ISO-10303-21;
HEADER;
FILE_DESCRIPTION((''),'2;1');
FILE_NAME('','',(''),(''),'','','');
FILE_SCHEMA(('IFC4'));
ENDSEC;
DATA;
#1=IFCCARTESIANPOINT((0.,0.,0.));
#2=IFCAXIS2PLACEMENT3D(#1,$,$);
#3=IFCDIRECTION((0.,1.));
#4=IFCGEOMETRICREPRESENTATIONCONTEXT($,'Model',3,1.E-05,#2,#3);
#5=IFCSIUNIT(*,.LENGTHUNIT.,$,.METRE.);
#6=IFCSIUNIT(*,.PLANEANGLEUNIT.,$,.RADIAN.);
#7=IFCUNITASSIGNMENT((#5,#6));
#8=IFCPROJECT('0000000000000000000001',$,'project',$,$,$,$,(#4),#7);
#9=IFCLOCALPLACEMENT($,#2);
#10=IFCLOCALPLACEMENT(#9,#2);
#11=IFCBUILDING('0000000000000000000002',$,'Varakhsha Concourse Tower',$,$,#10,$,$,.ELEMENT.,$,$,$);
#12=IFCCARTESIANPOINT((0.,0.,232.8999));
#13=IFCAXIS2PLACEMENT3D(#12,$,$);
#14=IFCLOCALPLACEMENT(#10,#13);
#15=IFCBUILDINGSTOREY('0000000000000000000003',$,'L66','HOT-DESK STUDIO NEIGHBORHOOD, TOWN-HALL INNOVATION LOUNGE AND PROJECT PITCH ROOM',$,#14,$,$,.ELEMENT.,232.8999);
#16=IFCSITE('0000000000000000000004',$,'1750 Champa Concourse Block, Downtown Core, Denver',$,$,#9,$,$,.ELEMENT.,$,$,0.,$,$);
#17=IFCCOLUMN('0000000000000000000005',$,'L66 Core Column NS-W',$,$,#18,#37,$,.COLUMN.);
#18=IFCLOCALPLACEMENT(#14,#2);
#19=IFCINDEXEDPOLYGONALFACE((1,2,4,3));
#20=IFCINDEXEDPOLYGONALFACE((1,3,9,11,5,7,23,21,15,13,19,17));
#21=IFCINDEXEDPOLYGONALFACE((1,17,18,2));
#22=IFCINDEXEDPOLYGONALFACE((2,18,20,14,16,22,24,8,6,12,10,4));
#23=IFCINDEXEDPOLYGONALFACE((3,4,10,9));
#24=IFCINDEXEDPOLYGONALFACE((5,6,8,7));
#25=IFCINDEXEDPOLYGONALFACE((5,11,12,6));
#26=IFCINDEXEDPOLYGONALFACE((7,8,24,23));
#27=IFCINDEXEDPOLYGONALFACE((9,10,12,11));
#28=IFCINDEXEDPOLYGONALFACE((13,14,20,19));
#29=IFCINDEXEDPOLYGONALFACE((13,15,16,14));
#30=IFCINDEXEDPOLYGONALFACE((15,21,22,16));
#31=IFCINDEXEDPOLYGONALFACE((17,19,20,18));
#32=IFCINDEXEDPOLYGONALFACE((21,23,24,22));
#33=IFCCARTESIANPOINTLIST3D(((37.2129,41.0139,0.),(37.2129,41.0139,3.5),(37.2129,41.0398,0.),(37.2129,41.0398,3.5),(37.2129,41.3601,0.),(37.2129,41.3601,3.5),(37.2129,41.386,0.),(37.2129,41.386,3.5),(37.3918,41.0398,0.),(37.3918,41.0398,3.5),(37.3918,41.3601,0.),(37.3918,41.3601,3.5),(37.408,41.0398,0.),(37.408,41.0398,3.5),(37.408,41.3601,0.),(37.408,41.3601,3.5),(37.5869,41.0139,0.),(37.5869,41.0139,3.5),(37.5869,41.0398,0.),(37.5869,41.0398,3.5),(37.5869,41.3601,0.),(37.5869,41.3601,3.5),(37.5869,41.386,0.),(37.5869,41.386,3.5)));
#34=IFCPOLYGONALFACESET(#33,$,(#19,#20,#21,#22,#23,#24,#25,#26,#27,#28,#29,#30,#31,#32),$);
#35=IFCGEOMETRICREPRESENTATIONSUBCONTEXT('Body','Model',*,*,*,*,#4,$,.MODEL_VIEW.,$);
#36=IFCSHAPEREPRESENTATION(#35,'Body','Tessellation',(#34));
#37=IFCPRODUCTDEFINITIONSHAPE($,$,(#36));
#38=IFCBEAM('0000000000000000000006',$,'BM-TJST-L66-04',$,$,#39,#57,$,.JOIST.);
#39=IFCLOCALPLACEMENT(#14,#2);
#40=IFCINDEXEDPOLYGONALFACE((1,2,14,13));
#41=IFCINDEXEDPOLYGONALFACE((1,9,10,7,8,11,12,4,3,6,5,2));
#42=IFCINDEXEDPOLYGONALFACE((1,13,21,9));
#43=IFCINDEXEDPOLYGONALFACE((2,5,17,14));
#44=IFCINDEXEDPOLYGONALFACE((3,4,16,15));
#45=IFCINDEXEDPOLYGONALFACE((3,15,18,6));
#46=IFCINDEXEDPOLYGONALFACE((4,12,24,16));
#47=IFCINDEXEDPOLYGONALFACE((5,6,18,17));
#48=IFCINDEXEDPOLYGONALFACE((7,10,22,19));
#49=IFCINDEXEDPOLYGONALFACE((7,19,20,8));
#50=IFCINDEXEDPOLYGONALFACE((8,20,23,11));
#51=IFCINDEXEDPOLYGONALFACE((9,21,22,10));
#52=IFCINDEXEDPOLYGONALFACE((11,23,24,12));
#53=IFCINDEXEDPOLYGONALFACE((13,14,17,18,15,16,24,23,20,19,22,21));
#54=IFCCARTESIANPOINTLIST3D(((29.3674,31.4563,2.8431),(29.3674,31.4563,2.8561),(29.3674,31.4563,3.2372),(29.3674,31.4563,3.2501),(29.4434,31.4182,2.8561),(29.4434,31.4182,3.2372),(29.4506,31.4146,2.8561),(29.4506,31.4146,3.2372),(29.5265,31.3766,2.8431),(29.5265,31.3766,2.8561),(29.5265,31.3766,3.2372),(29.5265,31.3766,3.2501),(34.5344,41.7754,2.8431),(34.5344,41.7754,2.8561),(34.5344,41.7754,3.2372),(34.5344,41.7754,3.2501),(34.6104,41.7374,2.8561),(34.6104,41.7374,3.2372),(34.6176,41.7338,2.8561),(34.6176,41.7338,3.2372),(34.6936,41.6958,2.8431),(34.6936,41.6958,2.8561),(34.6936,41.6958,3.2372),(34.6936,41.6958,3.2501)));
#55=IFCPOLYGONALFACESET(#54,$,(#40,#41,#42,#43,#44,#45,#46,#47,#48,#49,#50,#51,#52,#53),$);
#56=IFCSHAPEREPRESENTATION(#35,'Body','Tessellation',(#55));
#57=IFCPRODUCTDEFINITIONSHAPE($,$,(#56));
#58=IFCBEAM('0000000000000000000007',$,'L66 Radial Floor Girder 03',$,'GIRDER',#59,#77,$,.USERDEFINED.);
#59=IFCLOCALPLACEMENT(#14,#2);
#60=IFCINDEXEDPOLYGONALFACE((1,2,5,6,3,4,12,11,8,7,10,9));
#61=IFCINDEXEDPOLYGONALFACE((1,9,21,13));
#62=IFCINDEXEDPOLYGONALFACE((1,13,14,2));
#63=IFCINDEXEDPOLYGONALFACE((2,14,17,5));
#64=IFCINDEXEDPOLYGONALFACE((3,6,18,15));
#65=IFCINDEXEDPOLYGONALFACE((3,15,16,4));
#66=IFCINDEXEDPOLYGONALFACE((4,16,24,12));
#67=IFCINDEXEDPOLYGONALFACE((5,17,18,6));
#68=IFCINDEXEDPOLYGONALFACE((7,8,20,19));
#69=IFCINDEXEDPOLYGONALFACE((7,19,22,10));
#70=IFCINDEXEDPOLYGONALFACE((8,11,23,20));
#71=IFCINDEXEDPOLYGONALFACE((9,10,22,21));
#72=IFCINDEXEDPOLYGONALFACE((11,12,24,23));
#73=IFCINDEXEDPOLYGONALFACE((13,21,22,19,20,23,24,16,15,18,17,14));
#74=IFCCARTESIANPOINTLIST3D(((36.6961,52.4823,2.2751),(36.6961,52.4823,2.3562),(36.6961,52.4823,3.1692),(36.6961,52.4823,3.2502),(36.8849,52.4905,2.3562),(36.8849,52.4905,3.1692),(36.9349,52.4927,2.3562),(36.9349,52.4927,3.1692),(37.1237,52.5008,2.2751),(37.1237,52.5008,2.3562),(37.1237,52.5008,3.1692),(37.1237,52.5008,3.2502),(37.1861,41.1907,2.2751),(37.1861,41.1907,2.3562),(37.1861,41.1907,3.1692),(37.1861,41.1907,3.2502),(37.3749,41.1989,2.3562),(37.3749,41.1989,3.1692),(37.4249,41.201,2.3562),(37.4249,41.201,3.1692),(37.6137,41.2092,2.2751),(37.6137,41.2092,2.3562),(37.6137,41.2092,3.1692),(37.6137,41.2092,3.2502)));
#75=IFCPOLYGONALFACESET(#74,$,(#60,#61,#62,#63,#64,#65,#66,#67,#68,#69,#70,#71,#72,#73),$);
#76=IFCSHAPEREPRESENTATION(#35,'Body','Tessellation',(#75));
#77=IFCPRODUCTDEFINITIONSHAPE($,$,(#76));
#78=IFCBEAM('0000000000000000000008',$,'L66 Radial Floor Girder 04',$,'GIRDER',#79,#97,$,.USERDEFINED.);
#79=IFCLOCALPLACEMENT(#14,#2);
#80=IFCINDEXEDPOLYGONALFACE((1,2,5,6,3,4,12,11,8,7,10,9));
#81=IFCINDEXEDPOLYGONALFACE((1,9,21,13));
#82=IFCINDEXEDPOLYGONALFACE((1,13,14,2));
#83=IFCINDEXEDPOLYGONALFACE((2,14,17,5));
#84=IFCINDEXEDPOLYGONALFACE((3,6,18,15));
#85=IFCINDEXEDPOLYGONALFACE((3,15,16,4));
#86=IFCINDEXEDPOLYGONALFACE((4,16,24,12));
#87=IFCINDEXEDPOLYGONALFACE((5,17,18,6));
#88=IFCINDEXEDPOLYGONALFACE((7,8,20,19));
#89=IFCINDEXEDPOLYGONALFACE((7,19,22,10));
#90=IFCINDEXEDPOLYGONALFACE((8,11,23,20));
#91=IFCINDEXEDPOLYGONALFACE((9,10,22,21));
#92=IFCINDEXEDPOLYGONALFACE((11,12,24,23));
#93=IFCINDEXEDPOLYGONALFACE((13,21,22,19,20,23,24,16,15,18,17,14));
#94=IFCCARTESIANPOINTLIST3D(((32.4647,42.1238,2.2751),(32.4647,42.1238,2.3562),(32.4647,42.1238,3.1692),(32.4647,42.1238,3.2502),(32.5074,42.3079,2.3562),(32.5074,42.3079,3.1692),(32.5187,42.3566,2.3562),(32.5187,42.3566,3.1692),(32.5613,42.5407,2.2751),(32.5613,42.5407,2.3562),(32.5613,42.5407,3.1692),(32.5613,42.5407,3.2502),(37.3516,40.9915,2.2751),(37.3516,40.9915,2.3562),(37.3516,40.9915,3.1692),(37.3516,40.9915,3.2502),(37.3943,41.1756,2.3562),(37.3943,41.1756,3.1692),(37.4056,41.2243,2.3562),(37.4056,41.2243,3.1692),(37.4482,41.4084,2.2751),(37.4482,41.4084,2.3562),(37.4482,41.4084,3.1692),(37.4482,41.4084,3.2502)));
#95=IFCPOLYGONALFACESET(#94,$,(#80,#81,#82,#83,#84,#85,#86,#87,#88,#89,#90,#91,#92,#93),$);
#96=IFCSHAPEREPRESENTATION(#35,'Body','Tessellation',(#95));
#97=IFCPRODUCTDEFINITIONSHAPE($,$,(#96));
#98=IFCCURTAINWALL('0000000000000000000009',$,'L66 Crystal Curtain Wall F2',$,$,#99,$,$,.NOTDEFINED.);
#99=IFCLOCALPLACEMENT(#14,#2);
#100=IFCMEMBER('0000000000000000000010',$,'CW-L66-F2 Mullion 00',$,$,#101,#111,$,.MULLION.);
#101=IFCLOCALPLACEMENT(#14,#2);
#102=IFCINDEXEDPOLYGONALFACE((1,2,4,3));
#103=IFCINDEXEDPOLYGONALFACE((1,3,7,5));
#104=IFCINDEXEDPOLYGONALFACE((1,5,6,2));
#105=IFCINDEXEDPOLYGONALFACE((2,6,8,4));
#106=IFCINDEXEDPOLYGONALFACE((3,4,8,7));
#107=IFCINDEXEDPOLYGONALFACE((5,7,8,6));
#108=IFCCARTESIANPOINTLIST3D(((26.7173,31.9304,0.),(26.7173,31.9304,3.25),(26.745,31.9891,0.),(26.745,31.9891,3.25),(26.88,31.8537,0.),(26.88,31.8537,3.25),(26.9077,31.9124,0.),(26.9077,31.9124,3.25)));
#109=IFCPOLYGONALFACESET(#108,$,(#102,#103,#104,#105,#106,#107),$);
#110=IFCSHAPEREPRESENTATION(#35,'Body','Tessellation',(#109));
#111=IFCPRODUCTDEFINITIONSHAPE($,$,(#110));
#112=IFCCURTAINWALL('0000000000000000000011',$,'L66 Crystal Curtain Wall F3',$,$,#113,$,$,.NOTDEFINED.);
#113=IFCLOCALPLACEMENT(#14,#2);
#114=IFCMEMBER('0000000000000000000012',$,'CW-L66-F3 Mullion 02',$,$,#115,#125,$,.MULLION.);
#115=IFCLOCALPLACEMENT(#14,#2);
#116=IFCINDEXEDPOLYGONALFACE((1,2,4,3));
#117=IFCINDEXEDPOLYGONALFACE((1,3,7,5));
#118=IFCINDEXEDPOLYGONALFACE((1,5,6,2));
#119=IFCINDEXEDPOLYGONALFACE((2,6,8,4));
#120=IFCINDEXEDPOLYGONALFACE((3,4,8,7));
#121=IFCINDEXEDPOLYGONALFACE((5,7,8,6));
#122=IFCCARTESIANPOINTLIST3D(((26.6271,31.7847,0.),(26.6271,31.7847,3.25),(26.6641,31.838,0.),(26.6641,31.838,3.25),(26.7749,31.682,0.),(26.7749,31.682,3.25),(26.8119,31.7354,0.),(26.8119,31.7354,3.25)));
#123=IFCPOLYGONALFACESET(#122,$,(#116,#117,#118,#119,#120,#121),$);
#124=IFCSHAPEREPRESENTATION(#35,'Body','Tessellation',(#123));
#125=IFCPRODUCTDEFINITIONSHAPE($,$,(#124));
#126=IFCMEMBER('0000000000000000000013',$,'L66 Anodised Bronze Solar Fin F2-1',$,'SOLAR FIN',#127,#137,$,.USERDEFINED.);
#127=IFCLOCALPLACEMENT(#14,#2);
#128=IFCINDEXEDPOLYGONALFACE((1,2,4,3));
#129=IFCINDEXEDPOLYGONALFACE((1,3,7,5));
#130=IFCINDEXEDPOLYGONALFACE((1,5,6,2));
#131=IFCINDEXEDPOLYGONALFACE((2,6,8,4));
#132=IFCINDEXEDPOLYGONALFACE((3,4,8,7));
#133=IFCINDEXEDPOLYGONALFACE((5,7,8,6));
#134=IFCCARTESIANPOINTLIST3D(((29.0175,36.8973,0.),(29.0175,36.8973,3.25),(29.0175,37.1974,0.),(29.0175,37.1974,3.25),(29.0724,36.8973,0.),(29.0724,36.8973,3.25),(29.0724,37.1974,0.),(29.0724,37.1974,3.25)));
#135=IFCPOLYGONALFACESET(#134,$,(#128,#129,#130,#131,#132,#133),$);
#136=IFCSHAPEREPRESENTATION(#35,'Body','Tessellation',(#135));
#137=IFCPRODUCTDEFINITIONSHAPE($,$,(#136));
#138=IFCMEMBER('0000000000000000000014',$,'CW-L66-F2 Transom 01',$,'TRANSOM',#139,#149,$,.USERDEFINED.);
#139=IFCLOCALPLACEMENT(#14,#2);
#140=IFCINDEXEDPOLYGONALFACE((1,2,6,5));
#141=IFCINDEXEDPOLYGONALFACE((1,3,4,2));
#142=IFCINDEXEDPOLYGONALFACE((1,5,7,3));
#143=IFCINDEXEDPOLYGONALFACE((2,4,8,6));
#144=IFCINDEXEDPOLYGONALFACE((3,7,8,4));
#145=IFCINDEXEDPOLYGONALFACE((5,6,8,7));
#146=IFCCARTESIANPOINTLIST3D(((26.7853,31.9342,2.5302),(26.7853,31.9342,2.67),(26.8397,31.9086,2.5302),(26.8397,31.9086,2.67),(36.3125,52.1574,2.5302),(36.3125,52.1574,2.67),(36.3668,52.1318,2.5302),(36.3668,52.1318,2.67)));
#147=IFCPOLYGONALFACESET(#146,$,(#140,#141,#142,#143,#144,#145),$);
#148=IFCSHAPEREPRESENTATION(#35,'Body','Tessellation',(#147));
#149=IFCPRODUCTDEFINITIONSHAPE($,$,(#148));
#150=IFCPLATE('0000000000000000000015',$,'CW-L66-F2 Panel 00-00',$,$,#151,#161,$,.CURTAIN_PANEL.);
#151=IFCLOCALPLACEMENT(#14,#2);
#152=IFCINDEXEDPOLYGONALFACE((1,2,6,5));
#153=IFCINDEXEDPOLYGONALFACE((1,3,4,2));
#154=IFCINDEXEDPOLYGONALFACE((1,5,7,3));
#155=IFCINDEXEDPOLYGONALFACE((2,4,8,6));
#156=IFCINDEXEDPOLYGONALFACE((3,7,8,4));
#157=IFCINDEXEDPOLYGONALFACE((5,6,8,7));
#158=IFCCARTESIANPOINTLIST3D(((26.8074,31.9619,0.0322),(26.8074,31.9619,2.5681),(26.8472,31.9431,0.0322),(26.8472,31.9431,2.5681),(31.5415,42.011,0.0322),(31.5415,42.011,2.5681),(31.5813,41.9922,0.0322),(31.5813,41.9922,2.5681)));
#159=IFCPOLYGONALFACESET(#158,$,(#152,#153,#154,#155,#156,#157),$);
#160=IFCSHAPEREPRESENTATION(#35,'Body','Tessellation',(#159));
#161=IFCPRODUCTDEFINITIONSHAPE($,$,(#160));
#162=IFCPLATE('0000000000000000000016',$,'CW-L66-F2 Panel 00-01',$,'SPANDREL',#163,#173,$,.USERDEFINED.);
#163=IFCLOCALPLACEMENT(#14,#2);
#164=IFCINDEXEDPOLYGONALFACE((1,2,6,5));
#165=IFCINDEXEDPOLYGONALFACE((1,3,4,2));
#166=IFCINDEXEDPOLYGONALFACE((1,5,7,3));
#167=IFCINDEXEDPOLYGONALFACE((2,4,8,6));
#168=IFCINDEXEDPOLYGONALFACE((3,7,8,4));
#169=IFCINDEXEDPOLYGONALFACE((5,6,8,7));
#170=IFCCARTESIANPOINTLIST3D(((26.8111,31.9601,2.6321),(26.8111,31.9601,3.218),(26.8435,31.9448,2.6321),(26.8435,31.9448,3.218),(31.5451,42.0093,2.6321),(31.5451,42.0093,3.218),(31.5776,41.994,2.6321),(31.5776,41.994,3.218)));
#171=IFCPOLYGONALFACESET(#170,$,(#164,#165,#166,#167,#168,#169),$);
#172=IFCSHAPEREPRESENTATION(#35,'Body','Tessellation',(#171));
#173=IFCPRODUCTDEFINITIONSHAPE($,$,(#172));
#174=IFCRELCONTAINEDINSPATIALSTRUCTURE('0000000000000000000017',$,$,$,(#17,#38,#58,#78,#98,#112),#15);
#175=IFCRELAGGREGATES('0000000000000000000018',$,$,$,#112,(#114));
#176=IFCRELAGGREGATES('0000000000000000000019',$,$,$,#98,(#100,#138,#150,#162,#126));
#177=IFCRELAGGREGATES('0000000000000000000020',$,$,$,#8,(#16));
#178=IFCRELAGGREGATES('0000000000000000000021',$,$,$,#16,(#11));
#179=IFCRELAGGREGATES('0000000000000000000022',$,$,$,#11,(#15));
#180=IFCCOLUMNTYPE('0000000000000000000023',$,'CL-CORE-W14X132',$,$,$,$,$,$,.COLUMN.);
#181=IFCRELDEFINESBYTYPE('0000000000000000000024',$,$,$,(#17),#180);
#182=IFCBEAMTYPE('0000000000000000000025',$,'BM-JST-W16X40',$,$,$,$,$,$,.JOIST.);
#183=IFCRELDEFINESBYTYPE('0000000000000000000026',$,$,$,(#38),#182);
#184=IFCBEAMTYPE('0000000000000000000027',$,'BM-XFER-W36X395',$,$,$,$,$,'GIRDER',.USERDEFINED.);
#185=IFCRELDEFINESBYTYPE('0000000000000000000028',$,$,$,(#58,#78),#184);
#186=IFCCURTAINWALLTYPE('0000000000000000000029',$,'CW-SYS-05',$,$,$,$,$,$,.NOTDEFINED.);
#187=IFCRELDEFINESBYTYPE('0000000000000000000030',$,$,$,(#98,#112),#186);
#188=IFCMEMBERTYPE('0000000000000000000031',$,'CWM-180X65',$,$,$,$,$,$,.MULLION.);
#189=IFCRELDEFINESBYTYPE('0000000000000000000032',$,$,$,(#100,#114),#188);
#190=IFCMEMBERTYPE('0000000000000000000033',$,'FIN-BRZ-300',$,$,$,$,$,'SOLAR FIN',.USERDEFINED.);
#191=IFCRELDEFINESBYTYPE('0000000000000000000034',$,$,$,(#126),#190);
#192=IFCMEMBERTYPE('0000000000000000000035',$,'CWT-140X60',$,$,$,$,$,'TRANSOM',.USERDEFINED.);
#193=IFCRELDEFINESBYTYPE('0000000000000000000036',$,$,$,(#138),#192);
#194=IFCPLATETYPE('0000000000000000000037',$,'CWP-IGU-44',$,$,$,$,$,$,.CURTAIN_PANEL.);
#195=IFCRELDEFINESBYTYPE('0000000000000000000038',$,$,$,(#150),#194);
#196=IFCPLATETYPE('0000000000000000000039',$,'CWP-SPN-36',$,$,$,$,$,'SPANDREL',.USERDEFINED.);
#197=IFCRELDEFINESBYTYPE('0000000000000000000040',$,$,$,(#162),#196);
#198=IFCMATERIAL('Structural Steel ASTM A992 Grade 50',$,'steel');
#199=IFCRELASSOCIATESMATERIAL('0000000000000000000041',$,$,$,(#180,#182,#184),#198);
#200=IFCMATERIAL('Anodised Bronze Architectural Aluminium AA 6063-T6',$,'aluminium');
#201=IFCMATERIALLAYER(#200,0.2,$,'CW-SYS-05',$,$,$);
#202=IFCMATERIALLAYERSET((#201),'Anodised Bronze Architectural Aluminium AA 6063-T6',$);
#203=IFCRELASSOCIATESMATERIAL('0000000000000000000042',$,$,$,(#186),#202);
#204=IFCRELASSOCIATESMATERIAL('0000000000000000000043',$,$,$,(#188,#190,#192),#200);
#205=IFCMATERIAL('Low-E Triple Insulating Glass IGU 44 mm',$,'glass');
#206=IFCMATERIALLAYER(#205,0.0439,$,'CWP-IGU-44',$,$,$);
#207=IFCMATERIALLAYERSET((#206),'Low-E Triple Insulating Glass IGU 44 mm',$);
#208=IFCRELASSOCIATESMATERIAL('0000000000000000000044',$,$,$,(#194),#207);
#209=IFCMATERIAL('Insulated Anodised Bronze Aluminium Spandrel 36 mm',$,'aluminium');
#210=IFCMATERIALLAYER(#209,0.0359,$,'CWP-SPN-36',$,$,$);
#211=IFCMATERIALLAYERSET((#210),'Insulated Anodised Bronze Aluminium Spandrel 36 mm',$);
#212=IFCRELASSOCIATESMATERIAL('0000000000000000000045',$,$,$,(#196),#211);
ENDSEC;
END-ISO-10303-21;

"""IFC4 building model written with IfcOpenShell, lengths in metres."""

from ifc_helpers import new_model, si_unit, direction, frame, origin, origin_2d, place, context, subcontext, project, spatial, rectangle, i_section, extrude, source, transform, mapped, material, layer, layer_set, material_profile, profile_set, type_object, type_shapes, element, aggregate, save


model = new_model("IFC4")

# Units and contexts
model_context = context("Model", 3, precision=1e-05, world=origin(), true_north=direction((0.0, 1.0)))
body_context = subcontext(model_context, "Body", "Model", "MODEL_VIEW")
ifc_project = project(units=[si_unit("LENGTHUNIT", "METRE"), si_unit("PLANEANGLEUNIT", "RADIAN")], contexts=[model_context])

# Site, building, storey
site_placement = place(None, origin())
site = spatial("IfcSite", under=ifc_project, at=site_placement, Name="1750 Champa Concourse Block, Downtown Core, Denver", CompositionType="ELEMENT", RefElevation=0.0)
building_placement = place(site_placement, origin())
building = spatial("IfcBuilding", under=site, at=building_placement, Name="Varakhsha Concourse Tower", CompositionType="ELEMENT")
storey_placement = place(building_placement, frame((0.0, 0.0, 232.8999)))
storey = spatial("IfcBuildingStorey", under=building, at=storey_placement, Name="L66", Description="HOT-DESK STUDIO NEIGHBORHOOD, TOWN-HALL INNOVATION LOUNGE AND PROJECT PITCH ROOM", CompositionType="ELEMENT", Elevation=232.8999)

# Column
ifc_material_1 = material(Name="Structural Steel ASTM A992 Grade 50", Category="steel")
ifc_material_profile_1 = material_profile(ifc_material_1, i_section(OverallWidth=0.374, OverallDepth=0.3721, WebThickness=0.0161, FlangeThickness=0.0259, at=origin_2d()), Name="W14X132")
ifc_profile_set_1 = profile_set([ifc_material_profile_1], Name="Structural Steel ASTM A992 Grade 50")
column_type = type_object("IfcColumnType", Name="CL-CORE-W14X132", PredefinedType="COLUMN", material=ifc_profile_set_1)
column_placement = place(storey_placement, frame((37.3999, 41.2, 0.0), z_axis=(0.0, 0.0, 1.0), x_axis=(1.0, 0.0, 0.0)))
element("IfcColumn", 1, at=column_placement, inside=storey, type_object=column_type, Name="L66 Core Column NS-W", PredefinedType="COLUMN", context=body_context, shape_type="SweptSolid", body=[
    extrude(i_section(OverallWidth=0.374, OverallDepth=0.3721, WebThickness=0.0161, FlangeThickness=0.0259, at=origin_2d()), origin(), (0.0, 0.0, 1.0), 3.5),
])

# Beams
ifc_material_profile_2 = material_profile(ifc_material_1, i_section(OverallWidth=0.178, OverallDepth=0.407, WebThickness=0.0081, FlangeThickness=0.0129, at=origin_2d()), Name="W16X40")
ifc_profile_set_2 = profile_set([ifc_material_profile_2], Name="Structural Steel ASTM A992 Grade 50")
beam_type_1 = type_object("IfcBeamType", Name="BM-JST-W16X40", PredefinedType="JOIST", material=ifc_profile_set_2)
beam_1_placement = place(storey_placement, frame((34.614, 41.7356, 3.0466), z_axis=(-0.44773, -0.894169, 0.0), x_axis=(0.894169, -0.44773, 0.0)))
element("IfcBeam", 2, at=beam_1_placement, inside=storey, type_object=beam_type_1, Name="BM-TJST-L66-04", PredefinedType="JOIST", context=body_context, shape_type="SweptSolid", body=[
    extrude(i_section(OverallWidth=0.178, OverallDepth=0.407, WebThickness=0.0081, FlangeThickness=0.0129, at=origin_2d()), origin(), (0.0, 0.0, 1.0), 11.5405),
])
ifc_material_profile_3 = material_profile(ifc_material_1, i_section(OverallWidth=0.428, OverallDepth=0.9751, WebThickness=0.05, FlangeThickness=0.0811, at=origin_2d()), Name="W36X395")
ifc_profile_set_3 = profile_set([ifc_material_profile_3], Name="Structural Steel ASTM A992 Grade 50")
beam_type_2 = type_object("IfcBeamType", Name="BM-XFER-W36X395", ElementType="GIRDER", PredefinedType="USERDEFINED", material=ifc_profile_set_3)
beam_2_placement = place(storey_placement, frame((37.3999, 41.2, 2.7627), z_axis=(-0.043354, 0.99906, 0.0), x_axis=(-0.99906, -0.043354, 0.0)))
element("IfcBeam", 3, at=beam_2_placement, inside=storey, type_object=beam_type_2, Name="L66 Radial Floor Girder 03", ObjectType="GIRDER", PredefinedType="USERDEFINED", context=body_context, shape_type="SweptSolid", body=[
    extrude(i_section(OverallWidth=0.428, OverallDepth=0.9751, WebThickness=0.05, FlangeThickness=0.0811, at=origin_2d()), origin(), (0.0, 0.0, 1.0), 11.3022),
])
beam_3_placement = place(storey_placement, frame((37.3999, 41.2, 2.7627), z_axis=(-0.974191, 0.225723, 0.0), x_axis=(-0.225723, -0.974191, 0.0)))
element("IfcBeam", 4, at=beam_3_placement, inside=storey, type_object=beam_type_2, Name="L66 Radial Floor Girder 04", ObjectType="GIRDER", PredefinedType="USERDEFINED", context=body_context, shape_type="SweptSolid", body=[
    extrude(i_section(OverallWidth=0.428, OverallDepth=0.9751, WebThickness=0.05, FlangeThickness=0.0811, at=origin_2d()), origin(), (0.0, 0.0, 1.0), 5.0164),
])

# Curtain walls, members
ifc_material_2 = material(Name="Anodised Bronze Architectural Aluminium AA 6063-T6", Category="aluminium")
ifc_layer_1 = layer(ifc_material_2, 0.2, Name="CW-SYS-05")
ifc_layer_set_1 = layer_set([ifc_layer_1], Name="Anodised Bronze Architectural Aluminium AA 6063-T6")
curtain_wall_type = type_object("IfcCurtainWallType", Name="CW-SYS-05", PredefinedType="NOTDEFINED", material=ifc_layer_set_1)
curtain_wall_1_placement = place(storey_placement, origin())
curtain_wall_1 = element("IfcCurtainWall", 5, at=curtain_wall_1_placement, inside=storey, type_object=curtain_wall_type, Name="L66 Crystal Curtain Wall F2", PredefinedType="NOTDEFINED")
ifc_material_profile_4 = material_profile(ifc_material_2, rectangle(XDim=0.0649, YDim=0.1799, at=origin_2d()), Name="CWM-180X65")
ifc_profile_set_4 = profile_set([ifc_material_profile_4], Name="Anodised Bronze Architectural Aluminium AA 6063-T6")
member_type_1 = type_object("IfcMemberType", Name="CWM-180X65", PredefinedType="MULLION", material=ifc_profile_set_4)
shared_shape_1 = source(origin(), body_context, "Body", "SweptSolid", [
    extrude(rectangle(XDim=0.0649, YDim=0.1799, at=origin_2d()), origin(), (0.0, 0.0, 1.0), 3.25),
])
type_shapes(member_type_1, [shared_shape_1])
member_1_placement = place(storey_placement, frame((26.8125, 31.9214, 0.0), z_axis=(0.0, 0.0, 1.0), x_axis=(0.426172, 0.904642, 0.0)))
member_1 = element("IfcMember", 6, at=member_1_placement, type_object=member_type_1, Name="CW-L66-F2 Mullion 00", PredefinedType="MULLION", context=body_context, shape_type="MappedRepresentation", body=[
    mapped(shared_shape_1, transform((0.0, 0.0, 0.0), scale=1.0)),
])
curtain_wall_2_placement = place(storey_placement, origin())
curtain_wall_2 = element("IfcCurtainWall", 7, at=curtain_wall_2_placement, inside=storey, type_object=curtain_wall_type, Name="L66 Crystal Curtain Wall F3", PredefinedType="NOTDEFINED")
member_2_placement = place(storey_placement, frame((26.7195, 31.76, 0.0), z_axis=(0.0, 0.0, 1.0), x_axis=(0.570361, 0.821394, 0.0)))
member_2 = element("IfcMember", 8, at=member_2_placement, type_object=member_type_1, Name="CW-L66-F3 Mullion 02", PredefinedType="MULLION", context=body_context, shape_type="MappedRepresentation", body=[
    mapped(shared_shape_1, transform((0.0, 0.0, 0.0), scale=1.0)),
])
aggregate(curtain_wall_2, [member_2])

# Members
ifc_material_profile_5 = material_profile(ifc_material_2, rectangle(XDim=0.0549, YDim=0.3, at=origin_2d()), Name="FIN-BRZ-300")
ifc_profile_set_5 = profile_set([ifc_material_profile_5], Name="Anodised Bronze Architectural Aluminium AA 6063-T6")
member_type_2 = type_object("IfcMemberType", Name="FIN-BRZ-300", ElementType="SOLAR FIN", PredefinedType="USERDEFINED", material=ifc_profile_set_5)
shared_shape_2 = source(origin(), body_context, "Body", "SweptSolid", [
    extrude(rectangle(XDim=0.0549, YDim=0.3, at=origin_2d()), origin(), (0.0, 0.0, 1.0), 3.25),
])
type_shapes(member_type_2, [shared_shape_2])
member_3_placement = place(storey_placement, frame((29.0449, 37.0474, 0.0), z_axis=(0.0, 0.0, 1.0), x_axis=(1.0, 0.0, 0.0)))
member_3 = element("IfcMember", 9, at=member_3_placement, type_object=member_type_2, Name="L66 Anodised Bronze Solar Fin F2-1", ObjectType="SOLAR FIN", PredefinedType="USERDEFINED", context=body_context, shape_type="MappedRepresentation", body=[
    mapped(shared_shape_2, transform((0.0, 0.0, 0.0), scale=1.0)),
])
ifc_material_profile_6 = material_profile(ifc_material_2, rectangle(XDim=0.0601, YDim=0.1399, at=origin_2d()), Name="CWT-140X60")
ifc_profile_set_6 = profile_set([ifc_material_profile_6], Name="Anodised Bronze Architectural Aluminium AA 6063-T6")
member_type_3 = type_object("IfcMemberType", Name="CWT-140X60", ElementType="TRANSOM", PredefinedType="USERDEFINED", material=ifc_profile_set_6)
shared_shape_3 = source(origin(), body_context, "Body", "SweptSolid", [
    extrude(rectangle(XDim=0.0601, YDim=0.1399, at=origin_2d()), origin(), (0.0, 0.0, 1.0), 22.355),
])
type_shapes(member_type_3, [shared_shape_3])
member_4_placement = place(storey_placement, frame((26.8125, 31.9214, 2.6001), z_axis=(0.426175, 0.904641, 0.0), x_axis=(-0.904641, 0.426175, 0.0)))
member_4 = element("IfcMember", 10, at=member_4_placement, type_object=member_type_3, Name="CW-L66-F2 Transom 01", ObjectType="TRANSOM", PredefinedType="USERDEFINED", context=body_context, shape_type="MappedRepresentation", body=[
    mapped(shared_shape_3, transform((0.0, 0.0, 0.0), scale=1.0)),
])

# Plates
ifc_material_3 = material(Name="Low-E Triple Insulating Glass IGU 44 mm", Category="glass")
ifc_layer_2 = layer(ifc_material_3, 0.0439, Name="CWP-IGU-44")
ifc_layer_set_2 = layer_set([ifc_layer_2], Name="Low-E Triple Insulating Glass IGU 44 mm")
plate_type_1 = type_object("IfcPlateType", Name="CWP-IGU-44", PredefinedType="CURTAIN_PANEL", material=ifc_layer_set_2)
shared_shape_4 = source(origin(), body_context, "Body", "SweptSolid", [
    extrude(rectangle(XDim=11.1084, YDim=0.0439, at=origin_2d()), origin(), (0.0, 0.0, 1.0), 2.5359),
])
type_shapes(plate_type_1, [shared_shape_4])
plate_1_placement = place(storey_placement, frame((29.1943, 36.9771, 0.0322), z_axis=(0.0, 0.0, 1.0), x_axis=(0.426172, 0.904642, 0.0)))
plate_1 = element("IfcPlate", 11, at=plate_1_placement, type_object=plate_type_1, Name="CW-L66-F2 Panel 00-00", PredefinedType="CURTAIN_PANEL", context=body_context, shape_type="MappedRepresentation", body=[
    mapped(shared_shape_4, transform((0.0, 0.0, 0.0), scale=1.0)),
])
ifc_material_4 = material(Name="Insulated Anodised Bronze Aluminium Spandrel 36 mm", Category="aluminium")
ifc_layer_3 = layer(ifc_material_4, 0.0359, Name="CWP-SPN-36")
ifc_layer_set_3 = layer_set([ifc_layer_3], Name="Insulated Anodised Bronze Aluminium Spandrel 36 mm")
plate_type_2 = type_object("IfcPlateType", Name="CWP-SPN-36", ElementType="SPANDREL", PredefinedType="USERDEFINED", material=ifc_layer_set_3)
shared_shape_5 = source(origin(), body_context, "Body", "SweptSolid", [
    extrude(rectangle(XDim=11.1084, YDim=0.0359, at=origin_2d()), origin(), (0.0, 0.0, 1.0), 0.5859),
])
type_shapes(plate_type_2, [shared_shape_5])
plate_2_placement = place(storey_placement, frame((29.1943, 36.9771, 2.6321), z_axis=(0.0, 0.0, 1.0), x_axis=(0.426172, 0.904642, 0.0)))
plate_2 = element("IfcPlate", 12, at=plate_2_placement, type_object=plate_type_2, Name="CW-L66-F2 Panel 00-01", ObjectType="SPANDREL", PredefinedType="USERDEFINED", context=body_context, shape_type="MappedRepresentation", body=[
    mapped(shared_shape_5, transform((0.0, 0.0, 0.0), scale=1.0)),
])
aggregate(curtain_wall_1, [member_1, member_4, plate_1, plate_2, member_3])

save(model, "model.ifc")
